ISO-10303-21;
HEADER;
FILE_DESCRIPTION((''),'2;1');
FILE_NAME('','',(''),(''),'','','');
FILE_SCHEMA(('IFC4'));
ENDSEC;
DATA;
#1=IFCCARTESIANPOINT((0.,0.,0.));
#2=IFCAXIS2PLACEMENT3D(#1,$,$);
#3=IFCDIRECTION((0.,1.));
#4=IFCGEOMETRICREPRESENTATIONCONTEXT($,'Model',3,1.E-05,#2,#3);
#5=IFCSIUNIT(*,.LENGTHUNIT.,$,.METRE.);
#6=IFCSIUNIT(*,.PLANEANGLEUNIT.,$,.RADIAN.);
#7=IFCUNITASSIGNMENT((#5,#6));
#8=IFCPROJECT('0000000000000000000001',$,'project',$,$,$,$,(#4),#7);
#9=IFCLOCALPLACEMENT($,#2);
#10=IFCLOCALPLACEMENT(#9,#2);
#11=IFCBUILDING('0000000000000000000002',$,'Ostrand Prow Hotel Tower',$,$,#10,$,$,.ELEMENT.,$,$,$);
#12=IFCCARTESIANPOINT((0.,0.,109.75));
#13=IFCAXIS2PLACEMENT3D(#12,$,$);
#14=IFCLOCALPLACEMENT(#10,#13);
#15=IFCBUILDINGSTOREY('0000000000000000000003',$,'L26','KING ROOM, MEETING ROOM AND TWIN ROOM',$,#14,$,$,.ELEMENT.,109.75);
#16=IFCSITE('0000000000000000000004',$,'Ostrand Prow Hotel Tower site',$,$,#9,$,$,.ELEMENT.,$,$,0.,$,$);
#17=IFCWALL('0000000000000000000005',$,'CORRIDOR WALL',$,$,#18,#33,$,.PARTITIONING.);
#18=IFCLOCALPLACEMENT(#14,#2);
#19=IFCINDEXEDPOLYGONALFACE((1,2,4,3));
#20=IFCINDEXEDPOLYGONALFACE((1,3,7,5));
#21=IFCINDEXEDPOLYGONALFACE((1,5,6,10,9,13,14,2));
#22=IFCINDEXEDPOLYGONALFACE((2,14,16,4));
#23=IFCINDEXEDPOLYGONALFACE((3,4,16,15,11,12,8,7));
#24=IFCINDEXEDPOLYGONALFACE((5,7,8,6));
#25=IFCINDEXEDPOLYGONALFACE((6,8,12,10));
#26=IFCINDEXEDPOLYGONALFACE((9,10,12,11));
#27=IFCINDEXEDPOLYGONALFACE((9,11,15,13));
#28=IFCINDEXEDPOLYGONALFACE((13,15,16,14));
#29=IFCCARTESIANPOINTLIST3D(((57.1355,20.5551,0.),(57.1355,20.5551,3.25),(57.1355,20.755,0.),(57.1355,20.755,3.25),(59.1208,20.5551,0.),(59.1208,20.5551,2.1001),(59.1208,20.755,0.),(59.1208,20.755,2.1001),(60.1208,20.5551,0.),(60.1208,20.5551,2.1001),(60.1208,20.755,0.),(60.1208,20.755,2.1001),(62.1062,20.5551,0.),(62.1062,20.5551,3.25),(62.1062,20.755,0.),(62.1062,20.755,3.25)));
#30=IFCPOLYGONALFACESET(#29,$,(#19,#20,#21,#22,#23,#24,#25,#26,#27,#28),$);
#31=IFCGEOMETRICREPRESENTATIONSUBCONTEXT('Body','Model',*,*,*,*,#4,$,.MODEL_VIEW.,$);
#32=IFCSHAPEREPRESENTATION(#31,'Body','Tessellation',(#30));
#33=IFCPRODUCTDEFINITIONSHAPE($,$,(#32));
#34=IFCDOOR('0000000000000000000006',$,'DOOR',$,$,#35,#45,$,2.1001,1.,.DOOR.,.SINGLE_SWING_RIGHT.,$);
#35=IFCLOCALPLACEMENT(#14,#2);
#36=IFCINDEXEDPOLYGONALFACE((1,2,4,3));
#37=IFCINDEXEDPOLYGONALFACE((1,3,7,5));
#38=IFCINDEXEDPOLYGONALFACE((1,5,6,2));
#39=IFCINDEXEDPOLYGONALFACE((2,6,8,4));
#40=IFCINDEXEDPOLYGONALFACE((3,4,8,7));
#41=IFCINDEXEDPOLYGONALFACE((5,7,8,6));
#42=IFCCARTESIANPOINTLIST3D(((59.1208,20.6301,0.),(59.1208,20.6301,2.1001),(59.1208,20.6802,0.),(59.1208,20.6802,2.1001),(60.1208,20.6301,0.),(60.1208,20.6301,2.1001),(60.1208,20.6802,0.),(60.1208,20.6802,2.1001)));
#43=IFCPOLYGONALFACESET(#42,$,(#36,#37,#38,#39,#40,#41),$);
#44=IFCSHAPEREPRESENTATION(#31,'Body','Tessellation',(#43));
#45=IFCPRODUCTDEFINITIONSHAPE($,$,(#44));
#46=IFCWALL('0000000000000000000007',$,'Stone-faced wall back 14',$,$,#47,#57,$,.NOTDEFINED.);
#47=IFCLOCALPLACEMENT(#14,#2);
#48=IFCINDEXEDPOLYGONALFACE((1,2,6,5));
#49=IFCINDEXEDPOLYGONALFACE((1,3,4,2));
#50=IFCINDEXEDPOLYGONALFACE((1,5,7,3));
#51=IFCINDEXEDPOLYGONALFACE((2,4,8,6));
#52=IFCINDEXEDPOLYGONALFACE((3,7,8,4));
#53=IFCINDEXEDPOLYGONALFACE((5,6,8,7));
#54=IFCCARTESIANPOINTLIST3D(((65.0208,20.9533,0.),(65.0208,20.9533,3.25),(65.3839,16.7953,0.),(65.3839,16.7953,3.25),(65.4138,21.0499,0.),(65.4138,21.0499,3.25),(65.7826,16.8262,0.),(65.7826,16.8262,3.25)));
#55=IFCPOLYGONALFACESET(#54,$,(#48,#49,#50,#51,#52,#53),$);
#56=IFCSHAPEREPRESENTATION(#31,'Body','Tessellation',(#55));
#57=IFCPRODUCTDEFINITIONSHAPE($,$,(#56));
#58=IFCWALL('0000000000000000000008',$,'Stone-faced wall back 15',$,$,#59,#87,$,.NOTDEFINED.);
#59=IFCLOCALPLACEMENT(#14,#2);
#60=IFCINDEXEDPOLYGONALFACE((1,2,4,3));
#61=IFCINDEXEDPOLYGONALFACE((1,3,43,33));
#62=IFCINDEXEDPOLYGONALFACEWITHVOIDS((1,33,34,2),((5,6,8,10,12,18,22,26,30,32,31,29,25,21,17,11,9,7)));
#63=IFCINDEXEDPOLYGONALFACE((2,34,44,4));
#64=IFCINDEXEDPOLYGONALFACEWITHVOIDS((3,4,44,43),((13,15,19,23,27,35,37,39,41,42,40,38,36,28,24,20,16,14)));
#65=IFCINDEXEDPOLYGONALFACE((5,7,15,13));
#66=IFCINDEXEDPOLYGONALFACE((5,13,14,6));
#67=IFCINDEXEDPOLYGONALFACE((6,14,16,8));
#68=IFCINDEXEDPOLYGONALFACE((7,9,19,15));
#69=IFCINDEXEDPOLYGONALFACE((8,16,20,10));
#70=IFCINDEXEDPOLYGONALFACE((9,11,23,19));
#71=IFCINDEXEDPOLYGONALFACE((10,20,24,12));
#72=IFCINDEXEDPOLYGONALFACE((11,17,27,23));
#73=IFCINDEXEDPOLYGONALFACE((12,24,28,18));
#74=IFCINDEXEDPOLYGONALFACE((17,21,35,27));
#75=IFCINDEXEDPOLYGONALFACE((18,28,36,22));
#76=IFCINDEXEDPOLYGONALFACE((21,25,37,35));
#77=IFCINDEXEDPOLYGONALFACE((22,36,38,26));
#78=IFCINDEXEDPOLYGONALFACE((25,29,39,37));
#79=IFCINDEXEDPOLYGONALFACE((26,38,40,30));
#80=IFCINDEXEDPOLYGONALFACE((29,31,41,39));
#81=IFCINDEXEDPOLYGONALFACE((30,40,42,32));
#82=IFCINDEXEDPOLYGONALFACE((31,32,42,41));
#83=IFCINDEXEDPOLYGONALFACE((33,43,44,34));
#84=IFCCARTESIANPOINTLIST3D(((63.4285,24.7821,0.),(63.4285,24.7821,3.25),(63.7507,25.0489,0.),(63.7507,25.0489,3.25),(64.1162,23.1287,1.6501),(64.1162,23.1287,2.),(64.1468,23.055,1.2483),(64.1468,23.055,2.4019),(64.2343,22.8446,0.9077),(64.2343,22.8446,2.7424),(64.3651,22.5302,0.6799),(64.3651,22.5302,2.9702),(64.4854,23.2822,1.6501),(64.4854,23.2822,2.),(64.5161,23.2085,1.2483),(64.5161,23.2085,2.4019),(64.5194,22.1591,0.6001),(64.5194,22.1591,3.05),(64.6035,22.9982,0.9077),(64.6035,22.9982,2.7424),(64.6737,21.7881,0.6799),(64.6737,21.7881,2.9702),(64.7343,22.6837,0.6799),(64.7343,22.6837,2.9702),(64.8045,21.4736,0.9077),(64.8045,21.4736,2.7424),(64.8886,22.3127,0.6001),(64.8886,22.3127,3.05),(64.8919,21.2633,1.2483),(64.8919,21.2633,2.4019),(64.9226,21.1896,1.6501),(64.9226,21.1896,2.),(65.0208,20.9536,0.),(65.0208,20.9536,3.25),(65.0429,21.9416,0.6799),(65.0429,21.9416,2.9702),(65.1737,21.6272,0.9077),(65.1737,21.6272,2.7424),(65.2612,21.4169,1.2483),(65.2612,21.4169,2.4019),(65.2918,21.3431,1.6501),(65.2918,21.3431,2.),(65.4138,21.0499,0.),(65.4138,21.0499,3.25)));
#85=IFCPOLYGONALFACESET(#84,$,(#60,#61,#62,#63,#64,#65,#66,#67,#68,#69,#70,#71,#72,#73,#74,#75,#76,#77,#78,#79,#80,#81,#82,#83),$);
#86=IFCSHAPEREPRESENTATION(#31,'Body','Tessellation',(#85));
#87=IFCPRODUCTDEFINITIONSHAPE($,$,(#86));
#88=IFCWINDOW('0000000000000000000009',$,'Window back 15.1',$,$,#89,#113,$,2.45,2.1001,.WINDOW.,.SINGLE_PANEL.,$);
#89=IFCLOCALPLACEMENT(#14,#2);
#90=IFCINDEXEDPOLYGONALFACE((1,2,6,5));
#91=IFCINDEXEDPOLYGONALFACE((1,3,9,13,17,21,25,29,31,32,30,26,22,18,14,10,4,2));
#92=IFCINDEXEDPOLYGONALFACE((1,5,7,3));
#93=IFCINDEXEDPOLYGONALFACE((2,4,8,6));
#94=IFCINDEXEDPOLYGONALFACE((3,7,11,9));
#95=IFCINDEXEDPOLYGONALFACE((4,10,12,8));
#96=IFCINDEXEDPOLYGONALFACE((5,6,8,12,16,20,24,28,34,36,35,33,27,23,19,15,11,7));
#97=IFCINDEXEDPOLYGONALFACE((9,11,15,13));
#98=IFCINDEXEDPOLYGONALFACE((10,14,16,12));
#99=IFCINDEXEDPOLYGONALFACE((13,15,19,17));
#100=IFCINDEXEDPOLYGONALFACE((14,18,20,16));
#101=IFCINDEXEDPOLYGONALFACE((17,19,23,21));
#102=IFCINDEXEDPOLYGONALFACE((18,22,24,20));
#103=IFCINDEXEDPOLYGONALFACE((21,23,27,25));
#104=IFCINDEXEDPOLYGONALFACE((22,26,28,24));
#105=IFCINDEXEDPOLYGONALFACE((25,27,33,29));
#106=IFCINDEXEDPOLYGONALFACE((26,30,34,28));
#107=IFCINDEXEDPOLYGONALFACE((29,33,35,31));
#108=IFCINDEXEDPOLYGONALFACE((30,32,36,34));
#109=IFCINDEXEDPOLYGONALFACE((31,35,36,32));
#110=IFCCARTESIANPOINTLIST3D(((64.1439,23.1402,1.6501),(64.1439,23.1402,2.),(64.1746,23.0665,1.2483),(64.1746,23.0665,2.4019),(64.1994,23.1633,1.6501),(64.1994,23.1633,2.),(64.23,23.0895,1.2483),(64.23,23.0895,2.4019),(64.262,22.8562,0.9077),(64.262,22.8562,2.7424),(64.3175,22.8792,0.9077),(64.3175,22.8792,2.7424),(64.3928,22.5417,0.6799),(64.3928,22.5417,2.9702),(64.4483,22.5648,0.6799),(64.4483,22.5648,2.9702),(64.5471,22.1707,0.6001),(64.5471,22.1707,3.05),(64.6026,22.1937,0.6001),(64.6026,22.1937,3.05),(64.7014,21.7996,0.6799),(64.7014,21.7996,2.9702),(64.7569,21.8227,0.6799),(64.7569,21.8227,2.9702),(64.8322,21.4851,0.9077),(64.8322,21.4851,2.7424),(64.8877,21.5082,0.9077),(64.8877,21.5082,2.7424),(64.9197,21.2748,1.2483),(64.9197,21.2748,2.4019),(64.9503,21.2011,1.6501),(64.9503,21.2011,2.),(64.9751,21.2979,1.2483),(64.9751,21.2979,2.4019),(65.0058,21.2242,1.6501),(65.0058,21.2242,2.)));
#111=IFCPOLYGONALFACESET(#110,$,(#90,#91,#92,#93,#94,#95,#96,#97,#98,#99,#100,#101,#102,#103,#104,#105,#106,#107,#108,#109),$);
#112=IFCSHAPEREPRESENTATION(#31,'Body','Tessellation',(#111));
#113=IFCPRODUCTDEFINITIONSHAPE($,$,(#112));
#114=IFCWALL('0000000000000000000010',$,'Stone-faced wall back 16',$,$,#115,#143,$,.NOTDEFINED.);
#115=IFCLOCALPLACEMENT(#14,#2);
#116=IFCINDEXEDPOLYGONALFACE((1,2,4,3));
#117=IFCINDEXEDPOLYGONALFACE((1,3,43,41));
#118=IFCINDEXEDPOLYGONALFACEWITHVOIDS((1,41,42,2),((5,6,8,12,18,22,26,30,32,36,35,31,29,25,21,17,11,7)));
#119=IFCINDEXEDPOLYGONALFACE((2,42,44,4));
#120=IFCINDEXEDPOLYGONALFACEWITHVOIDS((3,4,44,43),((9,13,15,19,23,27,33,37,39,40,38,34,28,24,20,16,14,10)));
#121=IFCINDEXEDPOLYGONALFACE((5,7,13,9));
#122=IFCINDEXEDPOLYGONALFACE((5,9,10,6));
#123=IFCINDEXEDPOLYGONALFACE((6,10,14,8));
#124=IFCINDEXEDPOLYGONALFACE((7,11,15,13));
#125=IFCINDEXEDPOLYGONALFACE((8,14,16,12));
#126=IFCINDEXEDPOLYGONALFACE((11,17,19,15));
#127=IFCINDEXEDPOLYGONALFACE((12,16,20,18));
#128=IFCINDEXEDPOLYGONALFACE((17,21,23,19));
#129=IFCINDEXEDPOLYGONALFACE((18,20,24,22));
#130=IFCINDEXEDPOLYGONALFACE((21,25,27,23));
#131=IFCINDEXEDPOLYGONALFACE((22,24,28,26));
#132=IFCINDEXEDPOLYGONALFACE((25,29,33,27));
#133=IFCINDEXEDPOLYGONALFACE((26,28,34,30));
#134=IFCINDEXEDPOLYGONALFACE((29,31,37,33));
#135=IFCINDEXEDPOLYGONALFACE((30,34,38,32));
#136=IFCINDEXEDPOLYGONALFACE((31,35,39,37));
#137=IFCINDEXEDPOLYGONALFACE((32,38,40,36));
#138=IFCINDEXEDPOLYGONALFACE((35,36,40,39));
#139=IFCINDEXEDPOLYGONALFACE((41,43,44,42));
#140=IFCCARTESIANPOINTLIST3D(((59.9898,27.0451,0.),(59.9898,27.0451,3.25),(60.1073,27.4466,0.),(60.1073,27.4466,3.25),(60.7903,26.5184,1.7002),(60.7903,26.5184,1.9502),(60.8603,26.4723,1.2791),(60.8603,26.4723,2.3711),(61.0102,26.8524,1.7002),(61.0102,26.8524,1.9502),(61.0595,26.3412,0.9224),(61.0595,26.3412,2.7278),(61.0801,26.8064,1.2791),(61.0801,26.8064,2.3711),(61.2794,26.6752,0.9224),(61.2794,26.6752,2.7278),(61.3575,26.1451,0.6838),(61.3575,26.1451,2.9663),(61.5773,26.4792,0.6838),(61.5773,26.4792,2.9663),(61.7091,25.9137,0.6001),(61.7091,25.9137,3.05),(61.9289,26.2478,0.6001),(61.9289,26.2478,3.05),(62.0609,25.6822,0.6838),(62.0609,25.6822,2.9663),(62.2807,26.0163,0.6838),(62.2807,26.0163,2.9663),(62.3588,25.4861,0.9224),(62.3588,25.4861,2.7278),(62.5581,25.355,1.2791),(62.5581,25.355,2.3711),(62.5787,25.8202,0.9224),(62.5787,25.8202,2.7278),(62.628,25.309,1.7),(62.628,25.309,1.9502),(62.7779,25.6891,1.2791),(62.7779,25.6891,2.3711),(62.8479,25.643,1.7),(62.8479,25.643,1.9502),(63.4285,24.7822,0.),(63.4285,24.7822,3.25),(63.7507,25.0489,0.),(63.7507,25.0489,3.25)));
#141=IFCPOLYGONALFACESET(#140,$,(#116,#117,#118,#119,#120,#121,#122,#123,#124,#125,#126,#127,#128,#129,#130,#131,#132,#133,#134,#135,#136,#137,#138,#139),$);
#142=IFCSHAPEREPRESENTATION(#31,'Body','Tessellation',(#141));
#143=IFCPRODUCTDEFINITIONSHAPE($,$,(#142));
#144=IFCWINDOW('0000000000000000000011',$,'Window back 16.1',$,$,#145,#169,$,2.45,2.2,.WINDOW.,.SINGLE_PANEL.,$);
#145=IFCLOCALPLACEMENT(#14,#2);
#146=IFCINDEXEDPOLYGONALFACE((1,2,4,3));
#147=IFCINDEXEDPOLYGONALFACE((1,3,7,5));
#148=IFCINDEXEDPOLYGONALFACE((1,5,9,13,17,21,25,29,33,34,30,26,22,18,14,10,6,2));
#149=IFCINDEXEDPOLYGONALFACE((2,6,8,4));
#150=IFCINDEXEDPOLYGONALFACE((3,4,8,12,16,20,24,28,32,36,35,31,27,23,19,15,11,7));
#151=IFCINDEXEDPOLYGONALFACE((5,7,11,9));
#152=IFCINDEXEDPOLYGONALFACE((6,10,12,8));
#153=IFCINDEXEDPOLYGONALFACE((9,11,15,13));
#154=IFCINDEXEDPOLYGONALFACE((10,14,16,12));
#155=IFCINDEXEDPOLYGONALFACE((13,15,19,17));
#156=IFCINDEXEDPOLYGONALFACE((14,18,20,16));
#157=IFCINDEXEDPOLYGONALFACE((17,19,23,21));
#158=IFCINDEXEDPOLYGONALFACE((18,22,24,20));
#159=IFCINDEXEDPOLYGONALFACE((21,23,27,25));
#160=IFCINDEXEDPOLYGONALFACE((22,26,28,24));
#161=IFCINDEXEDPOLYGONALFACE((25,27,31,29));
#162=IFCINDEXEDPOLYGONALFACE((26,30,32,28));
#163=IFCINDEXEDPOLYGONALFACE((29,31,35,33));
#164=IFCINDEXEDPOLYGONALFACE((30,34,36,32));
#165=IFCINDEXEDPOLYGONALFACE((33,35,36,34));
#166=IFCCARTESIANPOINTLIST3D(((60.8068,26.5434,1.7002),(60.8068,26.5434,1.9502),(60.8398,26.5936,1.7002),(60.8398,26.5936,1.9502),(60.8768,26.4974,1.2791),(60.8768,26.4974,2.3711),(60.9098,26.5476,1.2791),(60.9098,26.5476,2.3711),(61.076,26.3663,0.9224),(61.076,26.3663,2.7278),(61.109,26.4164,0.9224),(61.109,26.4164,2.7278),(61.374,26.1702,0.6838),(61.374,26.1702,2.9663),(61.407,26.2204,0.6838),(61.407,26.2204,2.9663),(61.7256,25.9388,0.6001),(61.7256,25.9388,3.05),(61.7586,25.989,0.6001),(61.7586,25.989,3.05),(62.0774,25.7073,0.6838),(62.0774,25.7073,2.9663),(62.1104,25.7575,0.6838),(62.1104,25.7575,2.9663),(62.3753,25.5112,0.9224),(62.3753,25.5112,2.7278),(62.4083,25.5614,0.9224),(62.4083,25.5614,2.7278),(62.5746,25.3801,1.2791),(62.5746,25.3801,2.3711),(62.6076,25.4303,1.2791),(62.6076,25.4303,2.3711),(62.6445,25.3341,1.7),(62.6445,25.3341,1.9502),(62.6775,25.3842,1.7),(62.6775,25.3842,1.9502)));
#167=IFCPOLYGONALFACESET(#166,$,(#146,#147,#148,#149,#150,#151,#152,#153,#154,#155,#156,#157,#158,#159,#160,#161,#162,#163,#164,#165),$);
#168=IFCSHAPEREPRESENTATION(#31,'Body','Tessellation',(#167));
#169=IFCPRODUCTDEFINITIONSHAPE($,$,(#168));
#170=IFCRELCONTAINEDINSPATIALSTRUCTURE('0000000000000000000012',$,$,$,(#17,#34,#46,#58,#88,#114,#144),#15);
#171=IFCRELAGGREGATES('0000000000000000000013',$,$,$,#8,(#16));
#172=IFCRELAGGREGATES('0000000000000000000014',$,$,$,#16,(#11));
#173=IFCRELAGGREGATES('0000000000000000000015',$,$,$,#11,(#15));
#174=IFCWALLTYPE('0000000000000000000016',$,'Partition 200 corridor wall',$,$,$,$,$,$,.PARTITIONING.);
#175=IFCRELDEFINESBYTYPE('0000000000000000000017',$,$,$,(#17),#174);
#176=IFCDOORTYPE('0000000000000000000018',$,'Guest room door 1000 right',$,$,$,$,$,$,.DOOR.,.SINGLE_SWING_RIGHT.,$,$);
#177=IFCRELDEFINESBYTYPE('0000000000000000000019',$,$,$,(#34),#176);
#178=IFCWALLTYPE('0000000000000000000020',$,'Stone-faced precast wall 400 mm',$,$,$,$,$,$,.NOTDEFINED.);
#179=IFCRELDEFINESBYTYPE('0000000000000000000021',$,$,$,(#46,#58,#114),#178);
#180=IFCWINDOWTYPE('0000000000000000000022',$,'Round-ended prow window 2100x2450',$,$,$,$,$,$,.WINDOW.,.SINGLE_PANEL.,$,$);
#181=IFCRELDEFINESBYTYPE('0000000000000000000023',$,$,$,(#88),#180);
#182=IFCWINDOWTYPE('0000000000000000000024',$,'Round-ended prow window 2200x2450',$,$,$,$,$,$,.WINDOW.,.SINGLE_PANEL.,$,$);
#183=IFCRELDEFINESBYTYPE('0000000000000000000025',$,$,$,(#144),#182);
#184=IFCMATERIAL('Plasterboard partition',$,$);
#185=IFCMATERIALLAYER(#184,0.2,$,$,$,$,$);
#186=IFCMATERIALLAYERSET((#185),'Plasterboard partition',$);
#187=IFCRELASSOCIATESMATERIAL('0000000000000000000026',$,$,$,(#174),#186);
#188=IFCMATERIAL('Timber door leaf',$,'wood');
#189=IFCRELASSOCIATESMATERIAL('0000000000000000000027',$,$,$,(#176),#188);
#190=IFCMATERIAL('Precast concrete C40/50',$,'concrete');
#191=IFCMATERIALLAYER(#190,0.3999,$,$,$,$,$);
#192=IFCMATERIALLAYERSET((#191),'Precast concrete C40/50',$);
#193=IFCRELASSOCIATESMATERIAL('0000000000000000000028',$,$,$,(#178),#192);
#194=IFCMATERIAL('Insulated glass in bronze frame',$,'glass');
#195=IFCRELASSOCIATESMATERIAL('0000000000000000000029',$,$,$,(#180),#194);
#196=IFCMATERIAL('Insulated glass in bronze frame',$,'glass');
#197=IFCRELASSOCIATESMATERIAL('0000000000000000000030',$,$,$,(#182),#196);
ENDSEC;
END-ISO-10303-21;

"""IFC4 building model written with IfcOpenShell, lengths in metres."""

from ifc_helpers import new_model, si_unit, direction, frame, frame_2d, origin, place, context, subcontext, project, spatial, polyline, rectangle, outline, extrude, material, layer, layer_set, type_object, element, fill, save


model = new_model("IFC4")

# Units and contexts
model_context = context("Model", 3, precision=1e-05, world=origin(), true_north=direction((0.0, 1.0)))
body_context = subcontext(model_context, "Body", "Model", "MODEL_VIEW")
ifc_project = project(units=[si_unit("LENGTHUNIT", "METRE"), si_unit("PLANEANGLEUNIT", "RADIAN")], contexts=[model_context])

# Site, building, storey
site_placement = place(None, origin())
site = spatial("IfcSite", under=ifc_project, at=site_placement, Name="Ostrand Prow Hotel Tower site", CompositionType="ELEMENT", RefElevation=0.0)
building_placement = place(site_placement, origin())
building = spatial("IfcBuilding", under=site, at=building_placement, Name="Ostrand Prow Hotel Tower", CompositionType="ELEMENT")
storey_placement = place(building_placement, frame((0.0, 0.0, 109.75)))
storey = spatial("IfcBuildingStorey", under=building, at=storey_placement, Name="L26", Description="KING ROOM, MEETING ROOM AND TWIN ROOM", CompositionType="ELEMENT", Elevation=109.75)

# Wall, opening, door
ifc_material_1 = material(Name="Plasterboard partition")
ifc_layer_1 = layer(ifc_material_1, 0.2)
ifc_layer_set_1 = layer_set([ifc_layer_1], Name="Plasterboard partition")
wall_type_1 = type_object("IfcWallType", Name="Partition 200 corridor wall", PredefinedType="PARTITIONING", material=ifc_layer_set_1)
wall_1_placement = place(storey_placement, frame((62.1062, 20.655, 0.0), z_axis=(0.0, 0.0, 1.0), x_axis=(-1.0, 0.0, 0.0)))
wall_1 = element("IfcWall", 1, at=wall_1_placement, inside=storey, type_object=wall_type_1, Name="CORRIDOR WALL", PredefinedType="PARTITIONING", context=body_context, shape_type="SweptSolid", body=[
    extrude(rectangle(XDim=4.9707, YDim=0.2, at=frame_2d((2.4854, 0.0))), origin(), (0.0, 0.0, 1.0), 3.25),
])
opening_1_placement = place(wall_1_placement, frame((1.9854, 0.0, 0.0)))
opening_1 = element("IfcOpeningElement", 2, at=opening_1_placement, cuts=wall_1, PredefinedType="OPENING", context=body_context, shape_type="SweptSolid", body=[
    extrude(rectangle(XDim=1.0, YDim=2.1001, at=frame_2d((0.5, 1.05))), frame((0.0, 0.1099, 0.0), z_axis=(0.0, -1.0, 0.0), x_axis=(1.0, 0.0, 0.0)), (0.0, 0.0, 1.0), 0.22),
])
ifc_material_2 = material(Name="Timber door leaf", Category="wood")
door_type_1 = type_object("IfcDoorType", Name="Guest room door 1000 right", OperationType="SINGLE_SWING_RIGHT", PredefinedType="DOOR", material=ifc_material_2)
door_1_placement = place(opening_1_placement, origin())
door_1 = element("IfcDoor", 3, at=door_1_placement, inside=storey, type_object=door_type_1, Name="DOOR", OperationType="SINGLE_SWING_RIGHT", OverallHeight=2.1001, OverallWidth=1.0, PredefinedType="DOOR", context=body_context, shape_type="SweptSolid", body=[
    extrude(rectangle(XDim=1.0, YDim=2.1001, at=frame_2d((0.5, 1.05))), frame((0.0, 0.0249, 0.0), z_axis=(0.0, -1.0, 0.0), x_axis=(1.0, 0.0, 0.0)), (0.0, 0.0, 1.0), 0.05),
])
fill(opening_1, door_1)

# Wall
ifc_material_3 = material(Name="Precast concrete C40/50", Category="concrete")
ifc_layer_2 = layer(ifc_material_3, 0.3999)
ifc_layer_set_2 = layer_set([ifc_layer_2], Name="Precast concrete C40/50")
wall_type_2 = type_object("IfcWallType", Name="Stone-faced precast wall 400 mm", PredefinedType="NOTDEFINED", material=ifc_layer_set_2)
wall_2_placement = place(storey_placement, frame((65.5833, 16.8108, 0.0), z_axis=(0.0, 0.0, 1.0), x_axis=(-0.086993, 0.996209, 0.0)))
element("IfcWall", 4, at=wall_2_placement, inside=storey, type_object=wall_type_2, Name="Stone-faced wall back 14", PredefinedType="NOTDEFINED", context=body_context, shape_type="SweptSolid", body=[
    extrude(outline(polyline([(-0.002, -0.2), (4.2378, -0.2), (4.1758, 0.2), (0.002, 0.2), (-0.002, -0.2)])), origin(), (0.0, 0.0, 1.0), 3.25),
])

# Walls, openings, windows
wall_3_placement = place(storey_placement, frame((65.2173, 21.0017, 0.0), z_axis=(0.0, 0.0, 1.0), x_axis=(-0.383998, 0.923334, 0.0)))
wall_3 = element("IfcWall", 5, at=wall_3_placement, inside=storey, type_object=wall_type_2, Name="Stone-faced wall back 15", PredefinedType="NOTDEFINED", context=body_context, shape_type="SweptSolid", body=[
    extrude(outline(polyline([(-0.031, -0.2), (4.3, -0.2), (4.1775, 0.2), (0.031, 0.2), (-0.031, -0.2)])), origin(), (0.0, 0.0, 1.0), 3.25),
])
opening_2_placement = place(wall_3_placement, frame((0.2866, 0.0, 0.6001)))
opening_2 = element("IfcOpeningElement", 6, at=opening_2_placement, cuts=wall_3, PredefinedType="OPENING", context=body_context, shape_type="SweptSolid", body=[
    extrude(outline(polyline([(0.0, 1.3999), (0.0798, 1.8018), (0.3076, 2.1423), (0.6482, 2.3701), (1.05, 2.45), (1.4519, 2.3701), (1.7925, 2.1423), (2.0203, 1.8018), (2.1001, 1.3999), (2.1001, 1.05), (2.0203, 0.6482), (1.7925, 0.3076), (1.4519, 0.0798), (1.05, 0.0), (0.6482, 0.0798), (0.3076, 0.3076), (0.0798, 0.6482), (0.0, 1.05), (0.0, 1.3999)])), frame((0.0, 0.21, 0.0), z_axis=(0.0, -1.0, 0.0), x_axis=(1.0, 0.0, 0.0)), (0.0, 0.0, 1.0), 0.4199),
])
ifc_material_4 = material(Name="Insulated glass in bronze frame", Category="glass")
window_type_1 = type_object("IfcWindowType", Name="Round-ended prow window 2100x2450", PartitioningType="SINGLE_PANEL", PredefinedType="WINDOW", material=ifc_material_4)
window_1_placement = place(opening_2_placement, origin())
window_1 = element("IfcWindow", 7, at=window_1_placement, inside=storey, type_object=window_type_1, Name="Window back 15.1", OverallHeight=2.45, OverallWidth=2.1001, PartitioningType="SINGLE_PANEL", PredefinedType="WINDOW", context=body_context, shape_type="SweptSolid", body=[
    extrude(outline(polyline([(0.0, 1.3999), (0.0798, 1.8018), (0.3076, 2.1423), (0.6482, 2.3701), (1.05, 2.45), (1.4519, 2.3701), (1.7925, 2.1423), (2.0203, 1.8018), (2.1001, 1.3999), (2.1001, 1.05), (2.0203, 0.6482), (1.7925, 0.3076), (1.4519, 0.0798), (1.05, 0.0), (0.6482, 0.0798), (0.3076, 0.3076), (0.0798, 0.6482), (0.0, 1.05), (0.0, 1.3999)])), frame((0.0, 0.1699, 0.0), z_axis=(0.0, -1.0, 0.0), x_axis=(1.0, 0.0, 0.0)), (0.0, 0.0, 1.0), 0.0601),
])
fill(opening_2, window_1)
wall_4_placement = place(storey_placement, frame((63.5896, 24.9155, 0.0), z_axis=(0.0, 0.0, 1.0), x_axis=(-0.835341, 0.549733, 0.0)))
wall_4 = element("IfcWall", 8, at=wall_4_placement, inside=storey, type_object=wall_type_2, Name="Stone-faced wall back 16", PredefinedType="NOTDEFINED", context=body_context, shape_type="SweptSolid", body=[
    extrude(outline(polyline([(-0.0613, -0.2), (4.3003, -0.2), (4.1777, 0.2), (0.0613, 0.2), (-0.0613, -0.2)])), origin(), (0.0, 0.0, 1.0), 3.25),
])
opening_3_placement = place(wall_4_placement, frame((1.0195, 0.0, 0.6001)))
opening_3 = element("IfcOpeningElement", 9, at=opening_3_placement, cuts=wall_4, PredefinedType="OPENING", context=body_context, shape_type="SweptSolid", body=[
    extrude(outline(polyline([(0.0, 1.3501), (0.0837, 1.771), (0.3223, 2.1277), (0.679, 2.3662), (1.1001, 2.45), (1.521, 2.3662), (1.8777, 2.1277), (2.1162, 1.771), (2.2, 1.3501), (2.2, 1.1001), (2.1162, 0.679), (1.8777, 0.3223), (1.521, 0.0837), (1.1001, 0.0), (0.679, 0.0837), (0.3223, 0.3223), (0.0837, 0.679), (0.0, 1.0999), (0.0, 1.3501)])), frame((0.0, 0.21, 0.0), z_axis=(0.0, -1.0, 0.0), x_axis=(1.0, 0.0, 0.0)), (0.0, 0.0, 1.0), 0.4199),
])
ifc_material_5 = material(Name="Insulated glass in bronze frame", Category="glass")
window_type_2 = type_object("IfcWindowType", Name="Round-ended prow window 2200x2450", PartitioningType="SINGLE_PANEL", PredefinedType="WINDOW", material=ifc_material_5)
window_2_placement = place(opening_3_placement, origin())
window_2 = element("IfcWindow", 10, at=window_2_placement, inside=storey, type_object=window_type_2, Name="Window back 16.1", OverallHeight=2.45, OverallWidth=2.2, PartitioningType="SINGLE_PANEL", PredefinedType="WINDOW", context=body_context, shape_type="SweptSolid", body=[
    extrude(outline(polyline([(0.0, 1.3501), (0.0837, 1.771), (0.3223, 2.1277), (0.679, 2.3662), (1.1001, 2.45), (1.521, 2.3662), (1.8777, 2.1277), (2.1162, 1.771), (2.2, 1.3501), (2.2, 1.1001), (2.1162, 0.679), (1.8777, 0.3223), (1.521, 0.0837), (1.1001, 0.0), (0.679, 0.0837), (0.3223, 0.3223), (0.0837, 0.679), (0.0, 1.0999), (0.0, 1.3501)])), frame((0.0, 0.1699, 0.0), z_axis=(0.0, -1.0, 0.0), x_axis=(1.0, 0.0, 0.0)), (0.0, 0.0, 1.0), 0.0601),
])
fill(opening_3, window_2)

save(model, "model.ifc")
